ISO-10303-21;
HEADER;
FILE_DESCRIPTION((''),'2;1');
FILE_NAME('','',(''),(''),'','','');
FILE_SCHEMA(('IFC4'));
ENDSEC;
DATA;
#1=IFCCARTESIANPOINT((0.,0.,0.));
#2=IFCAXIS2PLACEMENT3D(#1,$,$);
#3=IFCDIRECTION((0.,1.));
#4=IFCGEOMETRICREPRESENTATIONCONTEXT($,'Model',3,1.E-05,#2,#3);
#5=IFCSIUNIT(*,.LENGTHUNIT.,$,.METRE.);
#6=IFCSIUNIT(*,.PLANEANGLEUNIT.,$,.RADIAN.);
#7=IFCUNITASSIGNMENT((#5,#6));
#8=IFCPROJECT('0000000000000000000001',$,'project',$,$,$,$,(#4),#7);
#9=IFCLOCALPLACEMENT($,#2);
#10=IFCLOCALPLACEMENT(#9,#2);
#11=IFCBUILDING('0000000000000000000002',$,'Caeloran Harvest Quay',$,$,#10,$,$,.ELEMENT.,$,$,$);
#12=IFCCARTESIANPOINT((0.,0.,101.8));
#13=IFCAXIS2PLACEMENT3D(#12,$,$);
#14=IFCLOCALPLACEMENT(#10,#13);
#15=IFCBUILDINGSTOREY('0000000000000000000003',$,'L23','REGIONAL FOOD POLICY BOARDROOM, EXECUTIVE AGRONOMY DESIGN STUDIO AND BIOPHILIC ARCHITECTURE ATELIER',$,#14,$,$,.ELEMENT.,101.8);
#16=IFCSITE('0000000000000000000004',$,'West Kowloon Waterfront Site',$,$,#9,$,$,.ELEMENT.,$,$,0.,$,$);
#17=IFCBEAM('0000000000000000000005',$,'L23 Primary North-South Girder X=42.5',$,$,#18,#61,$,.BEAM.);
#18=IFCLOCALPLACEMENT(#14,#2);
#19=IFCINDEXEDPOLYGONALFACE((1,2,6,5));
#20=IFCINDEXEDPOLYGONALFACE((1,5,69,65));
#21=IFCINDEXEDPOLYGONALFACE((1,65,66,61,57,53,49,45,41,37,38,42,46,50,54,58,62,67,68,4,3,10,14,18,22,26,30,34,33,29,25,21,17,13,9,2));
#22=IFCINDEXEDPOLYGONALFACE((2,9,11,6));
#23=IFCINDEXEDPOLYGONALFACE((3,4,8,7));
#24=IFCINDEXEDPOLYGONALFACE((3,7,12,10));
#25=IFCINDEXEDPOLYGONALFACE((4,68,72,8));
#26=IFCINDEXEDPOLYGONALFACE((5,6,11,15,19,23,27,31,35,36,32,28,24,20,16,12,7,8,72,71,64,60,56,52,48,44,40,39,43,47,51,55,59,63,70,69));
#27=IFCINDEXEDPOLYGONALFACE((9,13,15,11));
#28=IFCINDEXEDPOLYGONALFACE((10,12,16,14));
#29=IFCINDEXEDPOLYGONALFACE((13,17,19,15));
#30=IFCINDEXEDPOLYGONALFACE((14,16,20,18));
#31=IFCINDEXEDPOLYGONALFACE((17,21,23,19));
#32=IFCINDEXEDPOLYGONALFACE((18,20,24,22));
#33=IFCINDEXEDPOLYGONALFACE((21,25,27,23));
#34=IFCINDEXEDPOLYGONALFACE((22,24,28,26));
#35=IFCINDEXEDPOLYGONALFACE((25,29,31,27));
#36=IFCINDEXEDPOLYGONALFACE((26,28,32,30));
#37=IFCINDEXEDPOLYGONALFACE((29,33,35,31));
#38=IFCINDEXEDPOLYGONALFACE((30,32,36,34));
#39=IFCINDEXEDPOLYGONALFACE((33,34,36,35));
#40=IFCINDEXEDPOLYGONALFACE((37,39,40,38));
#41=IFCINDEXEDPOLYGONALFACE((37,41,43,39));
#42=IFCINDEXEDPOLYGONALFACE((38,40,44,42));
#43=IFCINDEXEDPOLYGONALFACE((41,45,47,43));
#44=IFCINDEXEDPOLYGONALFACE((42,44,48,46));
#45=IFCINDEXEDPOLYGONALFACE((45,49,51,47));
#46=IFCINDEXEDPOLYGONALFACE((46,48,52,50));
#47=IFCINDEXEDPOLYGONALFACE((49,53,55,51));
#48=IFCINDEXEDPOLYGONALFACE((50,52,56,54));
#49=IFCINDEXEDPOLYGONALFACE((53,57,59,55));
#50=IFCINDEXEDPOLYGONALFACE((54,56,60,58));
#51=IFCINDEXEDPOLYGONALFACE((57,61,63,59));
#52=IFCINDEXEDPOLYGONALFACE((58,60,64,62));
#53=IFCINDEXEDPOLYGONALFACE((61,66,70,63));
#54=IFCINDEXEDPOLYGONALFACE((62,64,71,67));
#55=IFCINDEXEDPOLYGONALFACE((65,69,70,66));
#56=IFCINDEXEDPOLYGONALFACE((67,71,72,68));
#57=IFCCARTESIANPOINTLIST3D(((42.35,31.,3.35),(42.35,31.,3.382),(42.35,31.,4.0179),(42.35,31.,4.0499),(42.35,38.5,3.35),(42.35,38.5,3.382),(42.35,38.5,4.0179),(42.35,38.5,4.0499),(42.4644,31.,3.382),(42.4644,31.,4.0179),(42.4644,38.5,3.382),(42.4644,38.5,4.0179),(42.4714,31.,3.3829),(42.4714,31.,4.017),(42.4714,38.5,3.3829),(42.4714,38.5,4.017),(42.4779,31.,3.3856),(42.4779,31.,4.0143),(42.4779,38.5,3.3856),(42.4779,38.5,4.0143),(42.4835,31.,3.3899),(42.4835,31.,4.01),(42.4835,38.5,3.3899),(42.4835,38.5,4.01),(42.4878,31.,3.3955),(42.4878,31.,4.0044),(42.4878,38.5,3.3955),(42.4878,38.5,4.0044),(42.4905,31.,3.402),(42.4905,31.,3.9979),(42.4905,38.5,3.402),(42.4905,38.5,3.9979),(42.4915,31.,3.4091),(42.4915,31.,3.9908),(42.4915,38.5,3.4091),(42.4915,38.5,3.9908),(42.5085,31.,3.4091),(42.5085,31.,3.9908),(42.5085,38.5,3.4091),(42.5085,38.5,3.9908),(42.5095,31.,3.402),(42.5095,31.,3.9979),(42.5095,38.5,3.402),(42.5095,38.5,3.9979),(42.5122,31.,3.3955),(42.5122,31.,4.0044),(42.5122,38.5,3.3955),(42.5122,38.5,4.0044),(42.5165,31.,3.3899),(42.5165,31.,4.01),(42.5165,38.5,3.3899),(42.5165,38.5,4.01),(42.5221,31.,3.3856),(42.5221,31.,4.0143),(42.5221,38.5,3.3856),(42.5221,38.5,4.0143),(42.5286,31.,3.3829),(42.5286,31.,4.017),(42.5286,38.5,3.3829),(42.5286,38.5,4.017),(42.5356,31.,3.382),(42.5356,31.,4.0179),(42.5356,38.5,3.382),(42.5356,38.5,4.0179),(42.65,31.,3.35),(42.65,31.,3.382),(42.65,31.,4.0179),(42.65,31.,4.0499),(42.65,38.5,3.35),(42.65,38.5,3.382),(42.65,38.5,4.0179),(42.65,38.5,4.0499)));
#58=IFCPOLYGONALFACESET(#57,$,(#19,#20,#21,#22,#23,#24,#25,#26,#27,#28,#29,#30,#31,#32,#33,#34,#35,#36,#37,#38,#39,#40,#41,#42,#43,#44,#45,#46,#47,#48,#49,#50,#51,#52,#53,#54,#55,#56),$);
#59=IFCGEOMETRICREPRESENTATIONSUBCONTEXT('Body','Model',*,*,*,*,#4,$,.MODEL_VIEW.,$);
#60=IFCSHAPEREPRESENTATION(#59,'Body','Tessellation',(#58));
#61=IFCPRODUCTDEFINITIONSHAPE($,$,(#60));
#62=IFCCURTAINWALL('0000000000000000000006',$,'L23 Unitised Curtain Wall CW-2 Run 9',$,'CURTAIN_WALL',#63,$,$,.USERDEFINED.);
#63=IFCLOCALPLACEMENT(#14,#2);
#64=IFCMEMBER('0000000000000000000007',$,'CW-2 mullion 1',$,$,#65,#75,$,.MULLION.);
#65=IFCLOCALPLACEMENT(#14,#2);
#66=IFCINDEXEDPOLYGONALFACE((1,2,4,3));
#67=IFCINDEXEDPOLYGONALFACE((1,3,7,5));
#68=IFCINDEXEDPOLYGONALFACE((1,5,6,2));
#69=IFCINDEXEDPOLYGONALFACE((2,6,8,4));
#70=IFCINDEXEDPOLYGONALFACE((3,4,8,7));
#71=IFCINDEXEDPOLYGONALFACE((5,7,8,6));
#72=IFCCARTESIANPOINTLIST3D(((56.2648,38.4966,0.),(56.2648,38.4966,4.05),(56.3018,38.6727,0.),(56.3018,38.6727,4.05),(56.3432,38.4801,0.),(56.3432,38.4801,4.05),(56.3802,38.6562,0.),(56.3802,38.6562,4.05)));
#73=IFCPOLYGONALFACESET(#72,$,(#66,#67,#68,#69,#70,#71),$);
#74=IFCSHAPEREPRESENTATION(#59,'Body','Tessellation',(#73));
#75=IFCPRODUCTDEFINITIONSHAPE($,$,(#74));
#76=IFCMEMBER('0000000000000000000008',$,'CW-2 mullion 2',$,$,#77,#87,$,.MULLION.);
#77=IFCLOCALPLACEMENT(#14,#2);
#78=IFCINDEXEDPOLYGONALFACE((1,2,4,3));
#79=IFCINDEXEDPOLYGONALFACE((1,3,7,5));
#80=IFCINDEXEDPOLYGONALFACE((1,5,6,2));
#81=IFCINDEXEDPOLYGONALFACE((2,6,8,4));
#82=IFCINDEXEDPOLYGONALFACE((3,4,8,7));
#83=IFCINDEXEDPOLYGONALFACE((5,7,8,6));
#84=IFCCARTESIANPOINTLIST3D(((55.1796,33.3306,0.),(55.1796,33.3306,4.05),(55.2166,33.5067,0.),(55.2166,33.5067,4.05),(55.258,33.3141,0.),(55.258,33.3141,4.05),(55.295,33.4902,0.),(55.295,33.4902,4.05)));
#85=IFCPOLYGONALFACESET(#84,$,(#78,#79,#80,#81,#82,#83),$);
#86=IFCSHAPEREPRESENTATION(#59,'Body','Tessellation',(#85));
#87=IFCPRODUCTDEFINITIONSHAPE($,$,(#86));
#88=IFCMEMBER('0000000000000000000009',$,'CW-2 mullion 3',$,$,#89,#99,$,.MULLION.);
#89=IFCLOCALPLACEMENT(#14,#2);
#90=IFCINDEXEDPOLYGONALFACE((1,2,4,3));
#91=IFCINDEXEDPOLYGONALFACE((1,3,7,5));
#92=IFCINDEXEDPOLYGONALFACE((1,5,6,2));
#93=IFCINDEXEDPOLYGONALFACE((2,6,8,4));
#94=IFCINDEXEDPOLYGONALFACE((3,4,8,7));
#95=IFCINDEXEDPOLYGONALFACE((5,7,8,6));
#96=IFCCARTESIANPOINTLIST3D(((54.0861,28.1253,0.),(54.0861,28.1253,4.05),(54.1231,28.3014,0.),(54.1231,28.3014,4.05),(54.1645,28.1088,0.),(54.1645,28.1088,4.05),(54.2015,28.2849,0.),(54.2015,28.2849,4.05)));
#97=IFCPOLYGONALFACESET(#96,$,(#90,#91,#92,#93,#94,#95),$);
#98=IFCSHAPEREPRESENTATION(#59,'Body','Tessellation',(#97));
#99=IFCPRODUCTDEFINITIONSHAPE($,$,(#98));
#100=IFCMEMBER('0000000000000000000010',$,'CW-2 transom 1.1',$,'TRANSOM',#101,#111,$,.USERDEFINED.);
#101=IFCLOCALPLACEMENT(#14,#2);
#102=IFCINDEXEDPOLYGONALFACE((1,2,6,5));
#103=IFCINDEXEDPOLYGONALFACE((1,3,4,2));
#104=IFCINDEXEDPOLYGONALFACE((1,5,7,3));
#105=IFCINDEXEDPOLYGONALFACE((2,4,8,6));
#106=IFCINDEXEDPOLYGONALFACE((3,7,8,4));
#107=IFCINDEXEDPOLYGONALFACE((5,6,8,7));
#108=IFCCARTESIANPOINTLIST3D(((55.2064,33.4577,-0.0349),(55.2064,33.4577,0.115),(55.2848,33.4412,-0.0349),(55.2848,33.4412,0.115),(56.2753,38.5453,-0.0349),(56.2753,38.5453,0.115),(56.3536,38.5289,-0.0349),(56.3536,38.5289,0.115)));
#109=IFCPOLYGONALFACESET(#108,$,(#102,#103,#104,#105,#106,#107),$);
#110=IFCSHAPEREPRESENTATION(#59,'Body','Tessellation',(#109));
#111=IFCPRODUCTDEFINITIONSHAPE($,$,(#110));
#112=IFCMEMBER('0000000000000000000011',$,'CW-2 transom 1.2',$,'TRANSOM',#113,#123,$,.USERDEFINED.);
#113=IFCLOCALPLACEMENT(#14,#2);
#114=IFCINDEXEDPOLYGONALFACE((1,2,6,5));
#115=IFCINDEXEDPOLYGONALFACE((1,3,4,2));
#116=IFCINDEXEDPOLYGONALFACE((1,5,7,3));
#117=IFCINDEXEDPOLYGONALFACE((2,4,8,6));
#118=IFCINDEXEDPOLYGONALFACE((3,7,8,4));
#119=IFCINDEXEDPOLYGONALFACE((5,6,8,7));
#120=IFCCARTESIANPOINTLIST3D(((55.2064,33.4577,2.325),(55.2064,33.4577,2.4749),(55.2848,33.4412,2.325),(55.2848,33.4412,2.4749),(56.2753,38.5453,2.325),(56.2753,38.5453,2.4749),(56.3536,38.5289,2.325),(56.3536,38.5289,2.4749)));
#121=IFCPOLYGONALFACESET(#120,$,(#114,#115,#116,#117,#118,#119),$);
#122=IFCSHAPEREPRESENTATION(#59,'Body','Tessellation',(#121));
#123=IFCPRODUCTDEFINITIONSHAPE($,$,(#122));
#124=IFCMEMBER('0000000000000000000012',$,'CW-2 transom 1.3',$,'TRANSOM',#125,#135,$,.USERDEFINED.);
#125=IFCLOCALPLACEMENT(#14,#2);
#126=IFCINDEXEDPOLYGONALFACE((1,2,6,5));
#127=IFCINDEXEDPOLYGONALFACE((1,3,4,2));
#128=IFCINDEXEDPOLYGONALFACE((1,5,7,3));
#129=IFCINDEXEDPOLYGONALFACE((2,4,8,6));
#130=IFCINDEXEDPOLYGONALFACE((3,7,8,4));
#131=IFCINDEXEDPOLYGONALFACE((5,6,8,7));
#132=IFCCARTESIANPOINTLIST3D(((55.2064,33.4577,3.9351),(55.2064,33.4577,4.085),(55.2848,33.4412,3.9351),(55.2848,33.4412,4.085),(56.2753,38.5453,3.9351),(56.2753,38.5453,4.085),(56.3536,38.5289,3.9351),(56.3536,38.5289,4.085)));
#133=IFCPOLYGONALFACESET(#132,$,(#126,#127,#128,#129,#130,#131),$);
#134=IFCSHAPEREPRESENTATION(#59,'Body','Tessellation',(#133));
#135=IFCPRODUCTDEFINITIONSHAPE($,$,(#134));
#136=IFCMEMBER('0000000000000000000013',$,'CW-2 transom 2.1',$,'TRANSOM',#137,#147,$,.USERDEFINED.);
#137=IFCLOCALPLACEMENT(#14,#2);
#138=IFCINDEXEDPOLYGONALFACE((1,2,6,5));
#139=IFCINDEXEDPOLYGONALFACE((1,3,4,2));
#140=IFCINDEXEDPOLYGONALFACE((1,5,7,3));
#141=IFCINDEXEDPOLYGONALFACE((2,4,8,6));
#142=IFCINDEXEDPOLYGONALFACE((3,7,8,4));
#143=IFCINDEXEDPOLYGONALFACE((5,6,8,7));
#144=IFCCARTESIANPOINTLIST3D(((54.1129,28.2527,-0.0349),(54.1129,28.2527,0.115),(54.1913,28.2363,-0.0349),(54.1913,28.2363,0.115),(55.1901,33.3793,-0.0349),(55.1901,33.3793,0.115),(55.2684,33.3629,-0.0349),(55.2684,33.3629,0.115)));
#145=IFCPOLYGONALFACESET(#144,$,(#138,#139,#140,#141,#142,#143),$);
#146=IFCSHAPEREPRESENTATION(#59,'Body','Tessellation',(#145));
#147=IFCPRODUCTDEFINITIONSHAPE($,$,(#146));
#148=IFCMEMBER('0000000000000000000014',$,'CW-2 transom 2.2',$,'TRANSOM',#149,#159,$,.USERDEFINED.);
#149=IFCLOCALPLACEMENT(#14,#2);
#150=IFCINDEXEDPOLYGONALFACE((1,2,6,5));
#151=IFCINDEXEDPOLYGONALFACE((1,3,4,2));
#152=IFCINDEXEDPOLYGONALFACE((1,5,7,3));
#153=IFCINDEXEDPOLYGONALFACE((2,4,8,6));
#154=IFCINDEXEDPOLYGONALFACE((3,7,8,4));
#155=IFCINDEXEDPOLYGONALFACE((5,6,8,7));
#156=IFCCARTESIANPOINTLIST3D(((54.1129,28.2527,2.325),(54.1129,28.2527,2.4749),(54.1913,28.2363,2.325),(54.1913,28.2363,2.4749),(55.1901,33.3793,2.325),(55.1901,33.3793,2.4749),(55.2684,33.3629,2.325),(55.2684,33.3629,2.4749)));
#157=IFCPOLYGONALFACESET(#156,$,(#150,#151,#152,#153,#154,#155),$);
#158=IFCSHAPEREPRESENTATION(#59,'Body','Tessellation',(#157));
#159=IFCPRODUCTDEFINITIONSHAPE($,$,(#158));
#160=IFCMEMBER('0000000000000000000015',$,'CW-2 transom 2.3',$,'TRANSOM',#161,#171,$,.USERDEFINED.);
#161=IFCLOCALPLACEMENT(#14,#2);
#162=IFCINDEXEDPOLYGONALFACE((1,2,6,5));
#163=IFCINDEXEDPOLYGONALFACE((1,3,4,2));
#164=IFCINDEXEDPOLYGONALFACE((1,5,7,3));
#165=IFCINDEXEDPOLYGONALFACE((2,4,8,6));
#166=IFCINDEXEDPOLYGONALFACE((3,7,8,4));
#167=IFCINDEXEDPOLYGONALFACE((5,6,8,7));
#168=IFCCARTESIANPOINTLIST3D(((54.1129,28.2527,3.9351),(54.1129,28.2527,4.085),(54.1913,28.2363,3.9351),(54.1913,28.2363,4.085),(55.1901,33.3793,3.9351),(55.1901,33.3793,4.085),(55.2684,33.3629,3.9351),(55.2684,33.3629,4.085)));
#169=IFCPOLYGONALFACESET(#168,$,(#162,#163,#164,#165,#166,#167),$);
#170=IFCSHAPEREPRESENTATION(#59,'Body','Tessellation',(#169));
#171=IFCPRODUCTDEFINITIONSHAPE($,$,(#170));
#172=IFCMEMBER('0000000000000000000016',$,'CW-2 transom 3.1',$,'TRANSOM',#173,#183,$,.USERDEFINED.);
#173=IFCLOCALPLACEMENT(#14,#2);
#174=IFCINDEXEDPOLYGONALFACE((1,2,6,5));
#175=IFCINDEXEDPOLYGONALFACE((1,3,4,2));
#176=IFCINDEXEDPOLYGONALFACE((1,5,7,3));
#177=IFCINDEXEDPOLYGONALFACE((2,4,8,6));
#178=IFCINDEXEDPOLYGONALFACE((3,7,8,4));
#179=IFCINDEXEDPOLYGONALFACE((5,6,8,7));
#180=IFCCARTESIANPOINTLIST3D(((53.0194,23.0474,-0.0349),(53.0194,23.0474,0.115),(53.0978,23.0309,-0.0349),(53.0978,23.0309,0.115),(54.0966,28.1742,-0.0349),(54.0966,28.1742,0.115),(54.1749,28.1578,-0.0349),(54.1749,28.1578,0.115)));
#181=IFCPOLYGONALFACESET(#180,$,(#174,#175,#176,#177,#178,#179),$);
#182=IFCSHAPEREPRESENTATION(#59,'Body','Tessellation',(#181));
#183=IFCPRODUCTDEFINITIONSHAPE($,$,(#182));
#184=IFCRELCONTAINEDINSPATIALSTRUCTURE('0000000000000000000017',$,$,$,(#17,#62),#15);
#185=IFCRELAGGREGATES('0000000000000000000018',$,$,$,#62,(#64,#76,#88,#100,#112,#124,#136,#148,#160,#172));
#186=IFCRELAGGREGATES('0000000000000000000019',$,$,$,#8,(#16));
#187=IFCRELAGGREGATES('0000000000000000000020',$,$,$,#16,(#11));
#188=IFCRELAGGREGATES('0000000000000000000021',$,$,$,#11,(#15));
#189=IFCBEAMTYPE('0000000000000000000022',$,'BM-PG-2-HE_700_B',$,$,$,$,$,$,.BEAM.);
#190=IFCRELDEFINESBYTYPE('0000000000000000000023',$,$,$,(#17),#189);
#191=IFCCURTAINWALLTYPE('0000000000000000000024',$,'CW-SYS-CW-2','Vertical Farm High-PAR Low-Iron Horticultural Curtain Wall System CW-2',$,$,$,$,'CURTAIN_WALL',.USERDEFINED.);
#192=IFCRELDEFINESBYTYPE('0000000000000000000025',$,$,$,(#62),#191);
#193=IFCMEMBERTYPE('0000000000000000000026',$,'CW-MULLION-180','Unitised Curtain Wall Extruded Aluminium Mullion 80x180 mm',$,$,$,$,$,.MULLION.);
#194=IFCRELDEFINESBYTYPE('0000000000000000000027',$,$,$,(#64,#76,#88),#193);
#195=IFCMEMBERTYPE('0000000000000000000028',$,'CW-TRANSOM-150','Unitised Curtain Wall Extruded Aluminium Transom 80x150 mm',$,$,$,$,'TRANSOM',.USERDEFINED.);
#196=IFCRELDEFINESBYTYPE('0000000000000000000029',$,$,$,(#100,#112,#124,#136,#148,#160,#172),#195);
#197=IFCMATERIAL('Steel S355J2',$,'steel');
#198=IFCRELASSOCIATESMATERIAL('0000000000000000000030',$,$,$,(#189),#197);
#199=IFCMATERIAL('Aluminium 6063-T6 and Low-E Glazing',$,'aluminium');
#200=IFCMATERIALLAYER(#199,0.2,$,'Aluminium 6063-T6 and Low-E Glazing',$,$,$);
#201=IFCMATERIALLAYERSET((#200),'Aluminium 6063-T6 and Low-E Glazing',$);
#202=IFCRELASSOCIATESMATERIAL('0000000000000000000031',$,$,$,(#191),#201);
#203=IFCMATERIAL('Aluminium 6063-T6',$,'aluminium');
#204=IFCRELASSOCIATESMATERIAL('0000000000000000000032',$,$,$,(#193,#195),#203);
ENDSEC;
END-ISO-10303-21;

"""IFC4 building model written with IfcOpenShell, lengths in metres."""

from ifc_helpers import new_model, si_unit, direction, frame, origin, origin_2d, place, context, subcontext, project, spatial, rectangle, i_section, extrude, material, layer, layer_set, material_profile, profile_set, type_object, element, aggregate, save


model = new_model("IFC4")

# Units and contexts
model_context = context("Model", 3, precision=1e-05, world=origin(), true_north=direction((0.0, 1.0)))
body_context = subcontext(model_context, "Body", "Model", "MODEL_VIEW")
ifc_project = project(units=[si_unit("LENGTHUNIT", "METRE"), si_unit("PLANEANGLEUNIT", "RADIAN")], contexts=[model_context])

# Site, building, storey
site_placement = place(None, origin())
site = spatial("IfcSite", under=ifc_project, at=site_placement, Name="West Kowloon Waterfront Site", CompositionType="ELEMENT", RefElevation=0.0)
building_placement = place(site_placement, origin())
building = spatial("IfcBuilding", under=site, at=building_placement, Name="Caeloran Harvest Quay", CompositionType="ELEMENT")
storey_placement = place(building_placement, frame((0.0, 0.0, 101.8)))
storey = spatial("IfcBuildingStorey", under=building, at=storey_placement, Name="L23", Description="REGIONAL FOOD POLICY BOARDROOM, EXECUTIVE AGRONOMY DESIGN STUDIO AND BIOPHILIC ARCHITECTURE ATELIER", CompositionType="ELEMENT", Elevation=101.8)

# Beam
ifc_material_1 = material(Name="Steel S355J2", Category="steel")
ifc_material_profile_1 = material_profile(ifc_material_1, i_section(OverallWidth=0.3, OverallDepth=0.7, WebThickness=0.0171, FlangeThickness=0.032, FilletRadius=0.0271, at=origin_2d()), Name="HE 700 B")
ifc_profile_set_1 = profile_set([ifc_material_profile_1], Name="Steel S355J2")
beam_type = type_object("IfcBeamType", Name="BM-PG-2-HE_700_B", PredefinedType="BEAM", material=ifc_profile_set_1)
beam_1_placement = place(storey_placement, frame((42.5, 31.0, 3.7), z_axis=(0.0, 1.0, 0.0), x_axis=(-1.0, 0.0, 0.0)))
element("IfcBeam", 1, at=beam_1_placement, inside=storey, type_object=beam_type, Name="L23 Primary North-South Girder X=42.5", PredefinedType="BEAM", context=body_context, shape_type="SweptSolid", body=[
    extrude(i_section(OverallWidth=0.3, OverallDepth=0.7, WebThickness=0.0171, FlangeThickness=0.032, FilletRadius=0.0271, at=origin_2d()), origin(), (0.0, 0.0, 1.0), 7.5),
])

# Curtain wall, members
ifc_material_2 = material(Name="Aluminium 6063-T6 and Low-E Glazing", Category="aluminium")
ifc_layer_1 = layer(ifc_material_2, 0.2, Name="Aluminium 6063-T6 and Low-E Glazing")
ifc_layer_set_1 = layer_set([ifc_layer_1], Name="Aluminium 6063-T6 and Low-E Glazing")
curtain_wall_type = type_object("IfcCurtainWallType", Name="CW-SYS-CW-2", Description="Vertical Farm High-PAR Low-Iron Horticultural Curtain Wall System CW-2", ElementType="CURTAIN_WALL", PredefinedType="USERDEFINED", material=ifc_layer_set_1)
curtain_wall_placement = place(storey_placement, origin())
curtain_wall = element("IfcCurtainWall", 2, at=curtain_wall_placement, inside=storey, type_object=curtain_wall_type, Name="L23 Unitised Curtain Wall CW-2 Run 9", ObjectType="CURTAIN_WALL", PredefinedType="USERDEFINED")
ifc_material_3 = material(Name="Aluminium 6063-T6", Category="aluminium")
ifc_material_profile_2 = material_profile(ifc_material_3, rectangle(XDim=0.0801, YDim=0.1799, at=origin_2d()), Name="CW-MULLION-180")
ifc_profile_set_2 = profile_set([ifc_material_profile_2], Name="Aluminium 6063-T6")
member_type_1 = type_object("IfcMemberType", Name="CW-MULLION-180", Description="Unitised Curtain Wall Extruded Aluminium Mullion 80x180 mm", PredefinedType="MULLION", material=ifc_profile_set_2)
member_1_placement = place(storey_placement, frame((56.3225, 38.5764, 0.0), z_axis=(0.0, 0.0, 1.0), x_axis=(0.97864, -0.205583, 0.0)))
member_1 = element("IfcMember", 3, at=member_1_placement, type_object=member_type_1, Name="CW-2 mullion 1", PredefinedType="MULLION", context=body_context, shape_type="SweptSolid", body=[
    extrude(rectangle(XDim=0.0801, YDim=0.1799, at=origin_2d()), origin(), (0.0, 0.0, 1.0), 4.05),
])
member_2_placement = place(storey_placement, frame((55.2373, 33.4104, 0.0), z_axis=(0.0, 0.0, 1.0), x_axis=(0.97864, -0.205583, 0.0)))
member_2 = element("IfcMember", 4, at=member_2_placement, type_object=member_type_1, Name="CW-2 mullion 2", PredefinedType="MULLION", context=body_context, shape_type="SweptSolid", body=[
    extrude(rectangle(XDim=0.0801, YDim=0.1799, at=origin_2d()), origin(), (0.0, 0.0, 1.0), 4.05),
])
member_3_placement = place(storey_placement, frame((54.1438, 28.2051, 0.0), z_axis=(0.0, 0.0, 1.0), x_axis=(0.97864, -0.205583, 0.0)))
member_3 = element("IfcMember", 5, at=member_3_placement, type_object=member_type_1, Name="CW-2 mullion 3", PredefinedType="MULLION", context=body_context, shape_type="SweptSolid", body=[
    extrude(rectangle(XDim=0.0801, YDim=0.1799, at=origin_2d()), origin(), (0.0, 0.0, 1.0), 4.05),
])
ifc_material_profile_3 = material_profile(ifc_material_3, rectangle(XDim=0.0801, YDim=0.1499, at=origin_2d()), Name="CW-TRANSOM-150")
ifc_profile_set_3 = profile_set([ifc_material_profile_3], Name="Aluminium 6063-T6")
member_type_2 = type_object("IfcMemberType", Name="CW-TRANSOM-150", Description="Unitised Curtain Wall Extruded Aluminium Transom 80x150 mm", ElementType="TRANSOM", PredefinedType="USERDEFINED", material=ifc_profile_set_3)
member_4_placement = place(storey_placement, frame((56.3145, 38.5371, 0.04), z_axis=(-0.205599, -0.978636, 0.0), x_axis=(0.978636, -0.205599, 0.0)))
member_4 = element("IfcMember", 6, at=member_4_placement, type_object=member_type_2, Name="CW-2 transom 1.1", ObjectType="TRANSOM", PredefinedType="USERDEFINED", context=body_context, shape_type="SweptSolid", body=[
    extrude(rectangle(XDim=0.0801, YDim=0.1499, at=origin_2d()), origin(), (0.0, 0.0, 1.0), 5.1987),
])
member_5_placement = place(storey_placement, frame((56.3145, 38.5371, 2.3999), z_axis=(-0.205599, -0.978636, 0.0), x_axis=(0.978636, -0.205599, 0.0)))
member_5 = element("IfcMember", 7, at=member_5_placement, type_object=member_type_2, Name="CW-2 transom 1.2", ObjectType="TRANSOM", PredefinedType="USERDEFINED", context=body_context, shape_type="SweptSolid", body=[
    extrude(rectangle(XDim=0.0801, YDim=0.1499, at=origin_2d()), origin(), (0.0, 0.0, 1.0), 5.1987),
])
member_6_placement = place(storey_placement, frame((56.3145, 38.5371, 4.01), z_axis=(-0.205599, -0.978636, 0.0), x_axis=(0.978636, -0.205599, 0.0)))
member_6 = element("IfcMember", 8, at=member_6_placement, type_object=member_type_2, Name="CW-2 transom 1.3", ObjectType="TRANSOM", PredefinedType="USERDEFINED", context=body_context, shape_type="SweptSolid", body=[
    extrude(rectangle(XDim=0.0801, YDim=0.1499, at=origin_2d()), origin(), (0.0, 0.0, 1.0), 5.1987),
])
member_7_placement = place(storey_placement, frame((55.2292, 33.3711, 0.04), z_axis=(-0.205616, -0.978633, 0.0), x_axis=(0.978633, -0.205616, 0.0)))
member_7 = element("IfcMember", 9, at=member_7_placement, type_object=member_type_2, Name="CW-2 transom 2.1", ObjectType="TRANSOM", PredefinedType="USERDEFINED", context=body_context, shape_type="SweptSolid", body=[
    extrude(rectangle(XDim=0.0801, YDim=0.1499, at=origin_2d()), origin(), (0.0, 0.0, 1.0), 5.2385),
])
member_8_placement = place(storey_placement, frame((55.2292, 33.3711, 2.3999), z_axis=(-0.205616, -0.978633, 0.0), x_axis=(0.978633, -0.205616, 0.0)))
member_8 = element("IfcMember", 10, at=member_8_placement, type_object=member_type_2, Name="CW-2 transom 2.2", ObjectType="TRANSOM", PredefinedType="USERDEFINED", context=body_context, shape_type="SweptSolid", body=[
    extrude(rectangle(XDim=0.0801, YDim=0.1499, at=origin_2d()), origin(), (0.0, 0.0, 1.0), 5.2385),
])
member_9_placement = place(storey_placement, frame((55.2292, 33.3711, 4.01), z_axis=(-0.205616, -0.978633, 0.0), x_axis=(0.978633, -0.205616, 0.0)))
member_9 = element("IfcMember", 11, at=member_9_placement, type_object=member_type_2, Name="CW-2 transom 2.3", ObjectType="TRANSOM", PredefinedType="USERDEFINED", context=body_context, shape_type="SweptSolid", body=[
    extrude(rectangle(XDim=0.0801, YDim=0.1499, at=origin_2d()), origin(), (0.0, 0.0, 1.0), 5.2385),
])
member_10_placement = place(storey_placement, frame((54.1357, 28.166, 0.04), z_axis=(-0.205607, -0.978635, 0.0), x_axis=(0.978635, -0.205607, 0.0)))
member_10 = element("IfcMember", 12, at=member_10_placement, type_object=member_type_2, Name="CW-2 transom 3.1", ObjectType="TRANSOM", PredefinedType="USERDEFINED", context=body_context, shape_type="SweptSolid", body=[
    extrude(rectangle(XDim=0.0801, YDim=0.1499, at=origin_2d()), origin(), (0.0, 0.0, 1.0), 5.2388),
])
aggregate(curtain_wall, [member_1, member_2, member_3, member_4, member_5, member_6, member_7, member_8, member_9, member_10])

save(model, "model.ifc")
